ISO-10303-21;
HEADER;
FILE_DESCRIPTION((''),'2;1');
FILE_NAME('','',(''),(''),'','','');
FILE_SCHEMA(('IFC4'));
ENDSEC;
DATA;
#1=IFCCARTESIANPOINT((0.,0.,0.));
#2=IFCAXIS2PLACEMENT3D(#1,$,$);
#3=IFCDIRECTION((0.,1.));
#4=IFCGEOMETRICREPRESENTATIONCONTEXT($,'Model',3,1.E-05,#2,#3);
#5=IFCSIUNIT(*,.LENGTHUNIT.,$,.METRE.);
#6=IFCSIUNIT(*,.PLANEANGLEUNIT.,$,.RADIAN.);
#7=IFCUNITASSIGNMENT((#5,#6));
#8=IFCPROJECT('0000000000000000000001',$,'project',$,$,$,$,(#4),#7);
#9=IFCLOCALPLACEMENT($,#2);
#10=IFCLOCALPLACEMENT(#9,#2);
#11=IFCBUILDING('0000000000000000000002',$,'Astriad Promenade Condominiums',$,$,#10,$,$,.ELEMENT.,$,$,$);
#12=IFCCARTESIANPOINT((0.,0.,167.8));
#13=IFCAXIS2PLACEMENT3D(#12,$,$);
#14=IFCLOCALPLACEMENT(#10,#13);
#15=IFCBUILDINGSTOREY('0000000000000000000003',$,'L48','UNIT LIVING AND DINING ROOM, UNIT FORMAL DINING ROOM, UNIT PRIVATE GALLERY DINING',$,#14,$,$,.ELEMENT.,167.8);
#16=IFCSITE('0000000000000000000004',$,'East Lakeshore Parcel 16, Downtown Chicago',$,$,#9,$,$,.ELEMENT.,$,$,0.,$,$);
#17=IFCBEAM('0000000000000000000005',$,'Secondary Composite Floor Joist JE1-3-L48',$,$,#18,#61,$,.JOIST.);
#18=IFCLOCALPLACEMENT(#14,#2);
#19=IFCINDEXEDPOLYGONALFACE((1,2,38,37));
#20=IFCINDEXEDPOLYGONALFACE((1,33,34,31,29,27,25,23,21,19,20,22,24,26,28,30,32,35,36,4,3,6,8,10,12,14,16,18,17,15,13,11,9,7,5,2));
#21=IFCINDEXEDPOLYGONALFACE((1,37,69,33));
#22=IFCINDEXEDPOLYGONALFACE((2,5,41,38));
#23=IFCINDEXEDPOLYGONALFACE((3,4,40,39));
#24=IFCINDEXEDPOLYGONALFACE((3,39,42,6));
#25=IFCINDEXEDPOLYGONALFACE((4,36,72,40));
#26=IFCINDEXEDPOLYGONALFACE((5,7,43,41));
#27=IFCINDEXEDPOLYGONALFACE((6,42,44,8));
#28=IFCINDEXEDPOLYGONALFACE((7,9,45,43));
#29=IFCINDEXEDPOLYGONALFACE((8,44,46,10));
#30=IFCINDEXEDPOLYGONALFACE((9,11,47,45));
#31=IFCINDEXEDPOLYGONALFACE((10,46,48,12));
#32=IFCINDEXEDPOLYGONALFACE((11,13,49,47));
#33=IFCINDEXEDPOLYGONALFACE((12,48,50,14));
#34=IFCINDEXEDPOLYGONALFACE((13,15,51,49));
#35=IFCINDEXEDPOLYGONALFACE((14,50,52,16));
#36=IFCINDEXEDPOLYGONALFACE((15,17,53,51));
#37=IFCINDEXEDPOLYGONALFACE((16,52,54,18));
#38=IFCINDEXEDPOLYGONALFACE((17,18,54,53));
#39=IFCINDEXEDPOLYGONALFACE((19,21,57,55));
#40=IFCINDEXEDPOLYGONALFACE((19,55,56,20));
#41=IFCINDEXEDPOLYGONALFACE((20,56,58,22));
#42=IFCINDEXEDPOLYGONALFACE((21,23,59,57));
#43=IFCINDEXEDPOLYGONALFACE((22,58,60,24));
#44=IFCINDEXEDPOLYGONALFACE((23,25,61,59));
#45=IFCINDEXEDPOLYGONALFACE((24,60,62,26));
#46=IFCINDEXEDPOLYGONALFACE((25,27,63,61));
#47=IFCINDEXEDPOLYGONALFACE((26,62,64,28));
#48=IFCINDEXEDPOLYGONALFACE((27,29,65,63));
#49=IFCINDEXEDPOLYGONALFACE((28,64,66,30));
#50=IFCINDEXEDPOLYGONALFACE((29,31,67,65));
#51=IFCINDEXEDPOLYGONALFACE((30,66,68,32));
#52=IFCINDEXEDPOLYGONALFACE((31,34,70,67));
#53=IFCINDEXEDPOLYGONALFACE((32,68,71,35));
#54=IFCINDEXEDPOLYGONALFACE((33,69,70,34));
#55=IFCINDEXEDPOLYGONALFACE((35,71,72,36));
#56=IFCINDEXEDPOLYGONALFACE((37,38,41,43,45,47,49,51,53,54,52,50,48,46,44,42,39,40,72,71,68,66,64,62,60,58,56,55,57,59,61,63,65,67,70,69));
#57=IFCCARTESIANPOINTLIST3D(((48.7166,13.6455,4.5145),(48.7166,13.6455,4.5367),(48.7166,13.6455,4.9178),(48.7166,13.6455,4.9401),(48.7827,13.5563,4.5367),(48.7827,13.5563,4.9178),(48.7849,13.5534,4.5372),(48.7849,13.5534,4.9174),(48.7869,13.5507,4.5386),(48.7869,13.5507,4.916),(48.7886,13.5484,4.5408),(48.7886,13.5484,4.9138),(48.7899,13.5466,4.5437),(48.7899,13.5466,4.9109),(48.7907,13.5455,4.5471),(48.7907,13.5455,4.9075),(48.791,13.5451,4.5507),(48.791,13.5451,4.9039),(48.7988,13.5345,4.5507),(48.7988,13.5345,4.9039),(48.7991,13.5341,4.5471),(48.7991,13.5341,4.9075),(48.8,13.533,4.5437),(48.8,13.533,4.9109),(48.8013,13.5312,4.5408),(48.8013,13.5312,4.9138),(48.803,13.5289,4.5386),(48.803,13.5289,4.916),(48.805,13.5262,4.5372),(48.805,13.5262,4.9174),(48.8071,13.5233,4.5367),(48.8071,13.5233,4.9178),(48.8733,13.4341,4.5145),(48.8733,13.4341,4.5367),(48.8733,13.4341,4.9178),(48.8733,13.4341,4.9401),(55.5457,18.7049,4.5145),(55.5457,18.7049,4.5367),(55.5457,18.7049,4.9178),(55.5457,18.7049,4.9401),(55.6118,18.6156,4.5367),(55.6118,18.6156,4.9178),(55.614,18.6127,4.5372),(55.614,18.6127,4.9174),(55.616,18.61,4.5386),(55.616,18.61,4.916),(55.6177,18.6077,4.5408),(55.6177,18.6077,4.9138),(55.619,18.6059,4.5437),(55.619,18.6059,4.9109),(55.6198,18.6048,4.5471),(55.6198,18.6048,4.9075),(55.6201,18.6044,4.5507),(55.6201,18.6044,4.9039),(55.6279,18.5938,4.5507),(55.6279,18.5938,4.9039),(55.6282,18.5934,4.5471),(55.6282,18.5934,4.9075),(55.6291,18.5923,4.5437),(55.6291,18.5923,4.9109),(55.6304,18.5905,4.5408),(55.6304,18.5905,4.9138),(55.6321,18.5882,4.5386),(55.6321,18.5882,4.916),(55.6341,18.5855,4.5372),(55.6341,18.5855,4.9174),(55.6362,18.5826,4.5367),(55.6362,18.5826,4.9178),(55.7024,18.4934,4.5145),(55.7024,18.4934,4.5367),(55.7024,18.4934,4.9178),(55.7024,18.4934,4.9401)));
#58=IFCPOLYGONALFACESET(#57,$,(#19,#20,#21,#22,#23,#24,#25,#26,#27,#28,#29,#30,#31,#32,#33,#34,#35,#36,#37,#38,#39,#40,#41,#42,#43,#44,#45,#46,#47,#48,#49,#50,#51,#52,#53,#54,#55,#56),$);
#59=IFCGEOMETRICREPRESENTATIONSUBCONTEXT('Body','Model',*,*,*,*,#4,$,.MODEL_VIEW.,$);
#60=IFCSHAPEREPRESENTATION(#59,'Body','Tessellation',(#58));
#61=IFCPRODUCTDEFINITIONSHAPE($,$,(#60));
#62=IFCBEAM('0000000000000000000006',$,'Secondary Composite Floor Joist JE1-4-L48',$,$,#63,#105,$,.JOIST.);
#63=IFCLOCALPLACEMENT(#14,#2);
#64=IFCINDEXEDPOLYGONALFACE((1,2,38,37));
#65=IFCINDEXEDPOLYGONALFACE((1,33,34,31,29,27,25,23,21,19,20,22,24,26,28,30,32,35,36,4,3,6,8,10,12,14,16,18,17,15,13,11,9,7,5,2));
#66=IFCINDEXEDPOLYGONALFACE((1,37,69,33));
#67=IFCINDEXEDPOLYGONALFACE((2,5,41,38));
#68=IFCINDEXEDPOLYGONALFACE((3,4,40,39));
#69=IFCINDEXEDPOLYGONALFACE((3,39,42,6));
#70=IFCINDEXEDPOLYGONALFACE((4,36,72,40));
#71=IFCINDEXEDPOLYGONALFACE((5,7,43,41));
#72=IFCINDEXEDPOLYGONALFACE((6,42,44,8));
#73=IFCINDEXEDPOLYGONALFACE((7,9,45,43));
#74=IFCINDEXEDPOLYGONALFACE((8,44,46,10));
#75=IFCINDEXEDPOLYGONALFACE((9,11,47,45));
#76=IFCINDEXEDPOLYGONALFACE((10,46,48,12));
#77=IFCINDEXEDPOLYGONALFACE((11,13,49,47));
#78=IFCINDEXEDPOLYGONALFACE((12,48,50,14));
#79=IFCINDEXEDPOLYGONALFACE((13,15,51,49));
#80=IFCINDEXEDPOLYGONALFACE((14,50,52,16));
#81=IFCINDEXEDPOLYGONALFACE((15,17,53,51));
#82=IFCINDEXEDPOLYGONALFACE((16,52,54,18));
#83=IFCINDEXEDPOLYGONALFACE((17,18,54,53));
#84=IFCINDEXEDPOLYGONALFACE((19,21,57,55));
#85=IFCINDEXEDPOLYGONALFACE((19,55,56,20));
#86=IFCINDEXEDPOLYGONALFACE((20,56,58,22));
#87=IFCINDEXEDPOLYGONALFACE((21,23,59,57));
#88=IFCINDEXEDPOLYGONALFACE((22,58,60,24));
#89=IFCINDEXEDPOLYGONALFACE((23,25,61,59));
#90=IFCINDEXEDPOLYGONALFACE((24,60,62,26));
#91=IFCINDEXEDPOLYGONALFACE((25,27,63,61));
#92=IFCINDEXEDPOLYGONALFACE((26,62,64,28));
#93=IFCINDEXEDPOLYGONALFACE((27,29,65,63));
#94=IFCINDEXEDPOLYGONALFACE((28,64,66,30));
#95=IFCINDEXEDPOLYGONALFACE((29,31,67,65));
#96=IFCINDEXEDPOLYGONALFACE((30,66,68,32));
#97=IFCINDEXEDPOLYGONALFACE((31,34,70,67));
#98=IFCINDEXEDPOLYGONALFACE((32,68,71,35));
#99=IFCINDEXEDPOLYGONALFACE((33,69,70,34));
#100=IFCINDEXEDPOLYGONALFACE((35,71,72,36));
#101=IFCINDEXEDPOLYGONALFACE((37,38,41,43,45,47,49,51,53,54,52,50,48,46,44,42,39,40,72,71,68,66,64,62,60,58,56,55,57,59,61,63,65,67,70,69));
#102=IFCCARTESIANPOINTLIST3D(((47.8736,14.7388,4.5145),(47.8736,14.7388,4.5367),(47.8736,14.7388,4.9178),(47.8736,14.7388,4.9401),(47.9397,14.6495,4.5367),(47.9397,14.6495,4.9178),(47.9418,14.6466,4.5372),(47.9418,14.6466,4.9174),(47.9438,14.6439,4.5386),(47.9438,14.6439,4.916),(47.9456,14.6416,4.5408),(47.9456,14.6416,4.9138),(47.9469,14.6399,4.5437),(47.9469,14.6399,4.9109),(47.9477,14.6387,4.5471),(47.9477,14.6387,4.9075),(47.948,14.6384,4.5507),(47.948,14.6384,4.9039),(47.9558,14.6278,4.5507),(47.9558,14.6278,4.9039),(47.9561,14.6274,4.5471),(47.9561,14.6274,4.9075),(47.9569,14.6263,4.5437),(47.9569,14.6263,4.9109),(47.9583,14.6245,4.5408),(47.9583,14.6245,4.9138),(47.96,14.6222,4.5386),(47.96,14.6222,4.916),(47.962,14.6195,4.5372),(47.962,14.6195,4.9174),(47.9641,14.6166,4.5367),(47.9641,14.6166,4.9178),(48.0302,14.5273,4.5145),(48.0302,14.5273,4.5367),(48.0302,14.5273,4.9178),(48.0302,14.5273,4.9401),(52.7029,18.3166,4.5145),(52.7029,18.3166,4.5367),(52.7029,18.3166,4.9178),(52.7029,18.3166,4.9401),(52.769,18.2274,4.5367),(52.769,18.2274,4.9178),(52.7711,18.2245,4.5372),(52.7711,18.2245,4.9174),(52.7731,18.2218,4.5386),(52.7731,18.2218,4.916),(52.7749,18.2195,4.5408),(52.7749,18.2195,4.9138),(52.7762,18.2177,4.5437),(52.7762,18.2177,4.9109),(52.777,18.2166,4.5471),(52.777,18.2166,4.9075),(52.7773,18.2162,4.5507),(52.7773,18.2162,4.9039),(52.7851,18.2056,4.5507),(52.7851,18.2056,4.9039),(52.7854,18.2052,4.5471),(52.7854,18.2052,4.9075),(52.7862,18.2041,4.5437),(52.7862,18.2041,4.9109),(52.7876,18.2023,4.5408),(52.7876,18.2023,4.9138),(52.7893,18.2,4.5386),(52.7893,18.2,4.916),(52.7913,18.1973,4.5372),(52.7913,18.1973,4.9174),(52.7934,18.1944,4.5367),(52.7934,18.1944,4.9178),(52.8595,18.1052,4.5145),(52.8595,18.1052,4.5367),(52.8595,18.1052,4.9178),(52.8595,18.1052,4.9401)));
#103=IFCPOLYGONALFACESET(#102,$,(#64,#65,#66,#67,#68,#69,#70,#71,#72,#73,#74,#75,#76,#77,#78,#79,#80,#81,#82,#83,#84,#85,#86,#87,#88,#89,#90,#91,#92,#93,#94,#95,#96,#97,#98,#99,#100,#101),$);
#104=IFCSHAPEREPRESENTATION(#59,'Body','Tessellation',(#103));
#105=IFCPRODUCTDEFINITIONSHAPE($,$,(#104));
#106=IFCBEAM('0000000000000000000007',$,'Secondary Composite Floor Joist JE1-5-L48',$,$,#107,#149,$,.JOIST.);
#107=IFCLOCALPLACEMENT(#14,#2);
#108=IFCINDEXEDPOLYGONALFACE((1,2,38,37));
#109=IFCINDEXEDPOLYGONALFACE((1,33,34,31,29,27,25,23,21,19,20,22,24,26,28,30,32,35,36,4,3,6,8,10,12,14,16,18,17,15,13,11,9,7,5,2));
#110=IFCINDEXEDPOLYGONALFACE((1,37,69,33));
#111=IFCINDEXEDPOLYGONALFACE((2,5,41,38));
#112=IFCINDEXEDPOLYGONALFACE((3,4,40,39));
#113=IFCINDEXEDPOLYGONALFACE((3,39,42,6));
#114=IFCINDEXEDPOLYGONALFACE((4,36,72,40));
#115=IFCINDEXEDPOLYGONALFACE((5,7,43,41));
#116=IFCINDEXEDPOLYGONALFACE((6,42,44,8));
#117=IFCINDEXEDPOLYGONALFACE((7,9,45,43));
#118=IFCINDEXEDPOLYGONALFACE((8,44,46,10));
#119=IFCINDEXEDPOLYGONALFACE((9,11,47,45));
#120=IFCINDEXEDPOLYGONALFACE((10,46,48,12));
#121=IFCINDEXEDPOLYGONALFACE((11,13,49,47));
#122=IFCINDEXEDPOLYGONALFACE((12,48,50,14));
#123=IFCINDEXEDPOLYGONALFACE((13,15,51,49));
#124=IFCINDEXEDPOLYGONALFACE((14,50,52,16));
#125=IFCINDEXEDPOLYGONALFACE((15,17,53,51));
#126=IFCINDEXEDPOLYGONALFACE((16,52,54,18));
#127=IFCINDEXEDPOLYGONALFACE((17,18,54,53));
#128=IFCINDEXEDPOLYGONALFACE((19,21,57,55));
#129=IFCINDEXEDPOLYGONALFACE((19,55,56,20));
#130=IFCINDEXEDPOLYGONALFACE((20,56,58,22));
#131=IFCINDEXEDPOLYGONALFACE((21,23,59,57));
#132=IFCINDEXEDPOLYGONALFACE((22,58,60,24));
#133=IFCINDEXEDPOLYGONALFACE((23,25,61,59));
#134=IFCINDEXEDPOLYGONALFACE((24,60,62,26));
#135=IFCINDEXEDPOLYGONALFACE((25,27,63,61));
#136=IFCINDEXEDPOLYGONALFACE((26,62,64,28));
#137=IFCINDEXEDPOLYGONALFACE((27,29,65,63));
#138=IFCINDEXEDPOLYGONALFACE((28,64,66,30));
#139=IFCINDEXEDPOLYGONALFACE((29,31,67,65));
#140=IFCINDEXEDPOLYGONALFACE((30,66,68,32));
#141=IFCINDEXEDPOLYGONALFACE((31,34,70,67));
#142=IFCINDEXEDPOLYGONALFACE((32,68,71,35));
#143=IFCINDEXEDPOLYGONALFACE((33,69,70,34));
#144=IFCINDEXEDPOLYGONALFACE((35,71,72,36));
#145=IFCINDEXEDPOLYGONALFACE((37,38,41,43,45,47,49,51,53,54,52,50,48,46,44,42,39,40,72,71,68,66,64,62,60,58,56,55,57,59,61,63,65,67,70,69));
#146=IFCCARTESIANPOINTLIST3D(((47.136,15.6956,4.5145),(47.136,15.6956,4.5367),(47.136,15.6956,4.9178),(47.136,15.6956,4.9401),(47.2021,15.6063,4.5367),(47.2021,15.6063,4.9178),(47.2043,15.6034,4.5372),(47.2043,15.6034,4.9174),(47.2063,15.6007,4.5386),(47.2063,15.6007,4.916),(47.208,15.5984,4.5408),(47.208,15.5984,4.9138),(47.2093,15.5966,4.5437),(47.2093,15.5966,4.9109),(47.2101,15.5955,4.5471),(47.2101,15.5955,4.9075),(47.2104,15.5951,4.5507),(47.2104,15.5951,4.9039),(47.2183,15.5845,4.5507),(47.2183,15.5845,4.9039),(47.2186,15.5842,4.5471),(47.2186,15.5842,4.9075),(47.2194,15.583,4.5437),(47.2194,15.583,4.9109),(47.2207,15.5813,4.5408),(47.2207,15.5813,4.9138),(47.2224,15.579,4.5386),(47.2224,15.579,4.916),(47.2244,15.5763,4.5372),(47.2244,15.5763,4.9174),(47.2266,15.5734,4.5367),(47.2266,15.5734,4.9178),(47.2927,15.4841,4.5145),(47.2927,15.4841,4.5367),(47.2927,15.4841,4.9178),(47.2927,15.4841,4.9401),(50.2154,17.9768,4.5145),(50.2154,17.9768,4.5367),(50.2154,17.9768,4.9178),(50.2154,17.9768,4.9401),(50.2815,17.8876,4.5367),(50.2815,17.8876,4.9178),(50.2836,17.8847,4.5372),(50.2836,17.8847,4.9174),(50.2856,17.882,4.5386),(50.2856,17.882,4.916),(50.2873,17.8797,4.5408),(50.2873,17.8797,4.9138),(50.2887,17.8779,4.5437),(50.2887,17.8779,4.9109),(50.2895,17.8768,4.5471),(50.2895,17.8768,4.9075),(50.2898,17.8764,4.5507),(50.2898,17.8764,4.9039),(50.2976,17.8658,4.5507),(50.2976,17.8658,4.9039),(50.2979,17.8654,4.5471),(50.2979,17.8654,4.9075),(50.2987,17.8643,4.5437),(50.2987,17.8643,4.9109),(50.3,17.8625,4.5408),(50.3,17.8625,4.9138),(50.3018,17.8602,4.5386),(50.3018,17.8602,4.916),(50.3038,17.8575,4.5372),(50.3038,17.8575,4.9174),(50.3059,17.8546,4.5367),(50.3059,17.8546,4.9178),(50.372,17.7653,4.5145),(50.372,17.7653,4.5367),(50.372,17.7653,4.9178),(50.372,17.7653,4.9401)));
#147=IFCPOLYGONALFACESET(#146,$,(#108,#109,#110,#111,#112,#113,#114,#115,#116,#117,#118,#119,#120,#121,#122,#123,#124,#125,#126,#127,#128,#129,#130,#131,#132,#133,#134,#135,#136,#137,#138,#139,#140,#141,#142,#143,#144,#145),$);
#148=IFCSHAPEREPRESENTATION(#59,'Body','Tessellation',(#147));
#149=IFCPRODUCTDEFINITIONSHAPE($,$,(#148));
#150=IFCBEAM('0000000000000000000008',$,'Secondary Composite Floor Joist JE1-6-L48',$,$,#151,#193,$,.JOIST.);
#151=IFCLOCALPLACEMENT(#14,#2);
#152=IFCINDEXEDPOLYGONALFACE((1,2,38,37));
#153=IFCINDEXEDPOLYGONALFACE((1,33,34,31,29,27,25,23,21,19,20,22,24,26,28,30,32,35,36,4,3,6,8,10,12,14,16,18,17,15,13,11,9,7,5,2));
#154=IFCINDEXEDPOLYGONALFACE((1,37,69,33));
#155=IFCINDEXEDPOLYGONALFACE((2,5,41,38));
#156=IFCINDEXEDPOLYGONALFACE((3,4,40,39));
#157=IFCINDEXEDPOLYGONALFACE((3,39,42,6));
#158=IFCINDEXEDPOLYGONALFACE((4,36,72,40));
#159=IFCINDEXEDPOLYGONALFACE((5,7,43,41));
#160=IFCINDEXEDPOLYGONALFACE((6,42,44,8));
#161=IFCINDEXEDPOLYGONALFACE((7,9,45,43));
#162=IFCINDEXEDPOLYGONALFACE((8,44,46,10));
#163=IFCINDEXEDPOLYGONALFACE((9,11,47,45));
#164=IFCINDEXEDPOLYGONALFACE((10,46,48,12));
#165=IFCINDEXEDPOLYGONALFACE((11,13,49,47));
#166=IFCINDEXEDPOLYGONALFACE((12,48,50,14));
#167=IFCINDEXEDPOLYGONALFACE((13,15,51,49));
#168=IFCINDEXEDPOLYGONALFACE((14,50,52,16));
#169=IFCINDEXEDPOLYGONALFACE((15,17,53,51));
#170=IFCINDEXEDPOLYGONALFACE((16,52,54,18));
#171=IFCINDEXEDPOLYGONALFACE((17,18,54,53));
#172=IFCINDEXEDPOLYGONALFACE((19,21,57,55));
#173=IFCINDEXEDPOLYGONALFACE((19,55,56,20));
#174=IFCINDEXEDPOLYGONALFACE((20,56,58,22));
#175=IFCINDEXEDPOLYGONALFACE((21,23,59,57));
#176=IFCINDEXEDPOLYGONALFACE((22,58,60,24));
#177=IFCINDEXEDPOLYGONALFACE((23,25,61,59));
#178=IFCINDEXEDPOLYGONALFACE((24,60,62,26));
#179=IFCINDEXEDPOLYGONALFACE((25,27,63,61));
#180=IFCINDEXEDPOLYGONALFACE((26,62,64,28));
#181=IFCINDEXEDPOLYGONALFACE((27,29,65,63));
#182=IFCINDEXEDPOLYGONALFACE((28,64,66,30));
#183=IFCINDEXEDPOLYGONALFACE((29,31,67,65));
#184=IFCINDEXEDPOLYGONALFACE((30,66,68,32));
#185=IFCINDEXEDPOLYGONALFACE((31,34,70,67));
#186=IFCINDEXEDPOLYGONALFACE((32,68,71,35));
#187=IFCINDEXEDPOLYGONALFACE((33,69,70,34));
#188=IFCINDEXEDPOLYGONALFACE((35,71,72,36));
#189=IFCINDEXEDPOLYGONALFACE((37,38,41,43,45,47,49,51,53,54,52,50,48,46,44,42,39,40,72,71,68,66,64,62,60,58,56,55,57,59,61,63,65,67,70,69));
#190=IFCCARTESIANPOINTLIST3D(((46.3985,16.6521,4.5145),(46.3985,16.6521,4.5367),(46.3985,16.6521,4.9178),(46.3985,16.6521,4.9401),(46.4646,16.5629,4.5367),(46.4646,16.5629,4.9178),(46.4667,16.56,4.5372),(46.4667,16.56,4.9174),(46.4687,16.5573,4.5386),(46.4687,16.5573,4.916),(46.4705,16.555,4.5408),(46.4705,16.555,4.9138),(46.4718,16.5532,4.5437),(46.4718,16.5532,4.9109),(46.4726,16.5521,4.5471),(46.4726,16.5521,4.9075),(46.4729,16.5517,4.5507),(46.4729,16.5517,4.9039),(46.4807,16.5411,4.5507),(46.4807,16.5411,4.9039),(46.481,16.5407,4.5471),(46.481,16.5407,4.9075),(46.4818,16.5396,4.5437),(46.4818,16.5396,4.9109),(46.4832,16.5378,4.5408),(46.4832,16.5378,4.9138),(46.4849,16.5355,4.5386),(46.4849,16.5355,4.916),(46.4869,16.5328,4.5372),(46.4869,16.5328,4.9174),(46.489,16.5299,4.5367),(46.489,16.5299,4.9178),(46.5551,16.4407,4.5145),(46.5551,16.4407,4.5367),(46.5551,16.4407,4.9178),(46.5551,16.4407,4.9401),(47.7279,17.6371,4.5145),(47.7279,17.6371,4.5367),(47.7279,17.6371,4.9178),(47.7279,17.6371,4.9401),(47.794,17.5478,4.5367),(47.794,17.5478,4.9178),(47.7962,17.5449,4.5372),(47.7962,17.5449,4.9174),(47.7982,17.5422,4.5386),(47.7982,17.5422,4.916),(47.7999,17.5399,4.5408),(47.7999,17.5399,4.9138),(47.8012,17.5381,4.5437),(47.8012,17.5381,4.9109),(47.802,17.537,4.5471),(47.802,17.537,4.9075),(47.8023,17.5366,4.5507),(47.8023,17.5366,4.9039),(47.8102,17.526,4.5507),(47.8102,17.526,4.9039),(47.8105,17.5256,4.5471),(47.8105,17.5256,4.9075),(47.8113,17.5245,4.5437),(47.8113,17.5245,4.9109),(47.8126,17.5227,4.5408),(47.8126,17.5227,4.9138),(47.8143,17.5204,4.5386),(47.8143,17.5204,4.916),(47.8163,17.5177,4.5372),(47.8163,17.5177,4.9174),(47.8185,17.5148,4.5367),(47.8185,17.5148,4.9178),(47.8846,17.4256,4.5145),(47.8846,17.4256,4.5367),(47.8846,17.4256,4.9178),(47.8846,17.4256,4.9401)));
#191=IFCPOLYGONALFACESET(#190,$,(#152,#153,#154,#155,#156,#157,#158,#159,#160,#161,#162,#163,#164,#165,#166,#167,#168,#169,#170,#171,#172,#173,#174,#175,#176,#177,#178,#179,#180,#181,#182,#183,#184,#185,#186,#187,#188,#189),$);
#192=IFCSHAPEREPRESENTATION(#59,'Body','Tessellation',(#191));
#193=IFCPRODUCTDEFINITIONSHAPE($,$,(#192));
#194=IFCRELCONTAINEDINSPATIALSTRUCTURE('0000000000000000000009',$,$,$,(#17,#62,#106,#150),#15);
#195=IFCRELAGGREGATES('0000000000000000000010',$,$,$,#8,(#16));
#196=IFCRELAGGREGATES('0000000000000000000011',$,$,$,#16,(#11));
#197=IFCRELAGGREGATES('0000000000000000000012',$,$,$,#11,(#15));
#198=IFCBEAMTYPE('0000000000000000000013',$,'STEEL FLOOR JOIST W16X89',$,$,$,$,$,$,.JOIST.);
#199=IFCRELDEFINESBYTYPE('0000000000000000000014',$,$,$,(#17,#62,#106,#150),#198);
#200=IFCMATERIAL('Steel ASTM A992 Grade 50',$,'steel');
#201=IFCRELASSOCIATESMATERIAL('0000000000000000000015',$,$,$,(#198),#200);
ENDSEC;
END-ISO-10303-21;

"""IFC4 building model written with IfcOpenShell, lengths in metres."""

from ifc_helpers import new_model, si_unit, direction, frame, origin, origin_2d, place, context, subcontext, project, spatial, i_section, extrude, source, transform, mapped, material, material_profile, profile_set, type_object, type_shapes, element, save


model = new_model("IFC4")

# Units and contexts
model_context = context("Model", 3, precision=1e-05, world=origin(), true_north=direction((0.0, 1.0)))
body_context = subcontext(model_context, "Body", "Model", "MODEL_VIEW")
ifc_project = project(units=[si_unit("LENGTHUNIT", "METRE"), si_unit("PLANEANGLEUNIT", "RADIAN")], contexts=[model_context])

# Site, building, storey
site_placement = place(None, origin())
site = spatial("IfcSite", under=ifc_project, at=site_placement, Name="East Lakeshore Parcel 16, Downtown Chicago", CompositionType="ELEMENT", RefElevation=0.0)
building_placement = place(site_placement, origin())
building = spatial("IfcBuilding", under=site, at=building_placement, Name="Astriad Promenade Condominiums", CompositionType="ELEMENT")
storey_placement = place(building_placement, frame((0.0, 0.0, 167.8)))
storey = spatial("IfcBuildingStorey", under=building, at=storey_placement, Name="L48", Description="UNIT LIVING AND DINING ROOM, UNIT FORMAL DINING ROOM, UNIT PRIVATE GALLERY DINING", CompositionType="ELEMENT", Elevation=167.8)

# Beams
ifc_material_1 = material(Name="Steel ASTM A992 Grade 50", Category="steel")
ifc_material_profile_1 = material_profile(ifc_material_1, i_section(OverallWidth=0.2632, OverallDepth=0.4255, WebThickness=0.0132, FlangeThickness=0.0222, FilletRadius=0.0139, at=origin_2d()), Name="W16X89")
ifc_profile_set_1 = profile_set([ifc_material_profile_1], Name="Steel ASTM A992 Grade 50")
beam_type = type_object("IfcBeamType", Name="STEEL FLOOR JOIST W16X89", PredefinedType="JOIST", material=ifc_profile_set_1)
shared_shape_1 = source(origin(), body_context, "Body", "SweptSolid", [
    extrude(i_section(OverallWidth=0.2632, OverallDepth=0.4255, WebThickness=0.0132, FlangeThickness=0.0222, FilletRadius=0.0139, at=origin_2d()), origin(), (0.0, 0.0, 1.0), 8.499),
])
beam_1_placement = place(storey_placement, frame((48.7949, 13.5398, 4.7273), z_axis=(0.803516, 0.595283, 0.0), x_axis=(-0.595283, 0.803516, 0.0)))
element("IfcBeam", 1, at=beam_1_placement, inside=storey, type_object=beam_type, Name="Secondary Composite Floor Joist JE1-3-L48", PredefinedType="JOIST", context=body_context, shape_type="MappedRepresentation", body=[
    mapped(shared_shape_1, transform((0.0, 0.0, 0.0), scale=1.0)),
])
shared_shape_2 = source(origin(), body_context, "Body", "SweptSolid", [
    extrude(i_section(OverallWidth=0.2632, OverallDepth=0.4255, WebThickness=0.0132, FlangeThickness=0.0222, FilletRadius=0.0139, at=origin_2d()), origin(), (0.0, 0.0, 1.0), 6.0103),
])
beam_2_placement = place(storey_placement, frame((47.9519, 14.6331, 4.7273), z_axis=(0.80351, 0.595291, 0.0), x_axis=(-0.595291, 0.80351, 0.0)))
element("IfcBeam", 2, at=beam_2_placement, inside=storey, type_object=beam_type, Name="Secondary Composite Floor Joist JE1-4-L48", PredefinedType="JOIST", context=body_context, shape_type="MappedRepresentation", body=[
    mapped(shared_shape_2, transform((0.0, 0.0, 0.0), scale=1.0)),
])
shared_shape_3 = source(origin(), body_context, "Body", "SweptSolid", [
    extrude(i_section(OverallWidth=0.2632, OverallDepth=0.4255, WebThickness=0.0132, FlangeThickness=0.0222, FilletRadius=0.0139, at=origin_2d()), origin(), (0.0, 0.0, 1.0), 3.8323),
])
beam_3_placement = place(storey_placement, frame((47.2144, 15.5898, 4.7273), z_axis=(0.803526, 0.59527, 0.0), x_axis=(-0.59527, 0.803526, 0.0)))
element("IfcBeam", 3, at=beam_3_placement, inside=storey, type_object=beam_type, Name="Secondary Composite Floor Joist JE1-5-L48", PredefinedType="JOIST", context=body_context, shape_type="MappedRepresentation", body=[
    mapped(shared_shape_3, transform((0.0, 0.0, 0.0), scale=1.0)),
])
shared_shape_4 = source(origin(), body_context, "Body", "SweptSolid", [
    extrude(i_section(OverallWidth=0.2632, OverallDepth=0.4255, WebThickness=0.0132, FlangeThickness=0.0222, FilletRadius=0.0139, at=origin_2d()), origin(), (0.0, 0.0, 1.0), 1.6545),
])
type_shapes(beam_type, [shared_shape_1, shared_shape_2, shared_shape_3, shared_shape_4])
beam_4_placement = place(storey_placement, frame((46.4768, 16.5464, 4.7273), z_axis=(0.80351, 0.595291, 0.0), x_axis=(-0.595291, 0.80351, 0.0)))
element("IfcBeam", 4, at=beam_4_placement, inside=storey, type_object=beam_type, Name="Secondary Composite Floor Joist JE1-6-L48", PredefinedType="JOIST", context=body_context, shape_type="MappedRepresentation", body=[
    mapped(shared_shape_4, transform((0.0, 0.0, 0.0), scale=1.0)),
])

save(model, "model.ifc")
